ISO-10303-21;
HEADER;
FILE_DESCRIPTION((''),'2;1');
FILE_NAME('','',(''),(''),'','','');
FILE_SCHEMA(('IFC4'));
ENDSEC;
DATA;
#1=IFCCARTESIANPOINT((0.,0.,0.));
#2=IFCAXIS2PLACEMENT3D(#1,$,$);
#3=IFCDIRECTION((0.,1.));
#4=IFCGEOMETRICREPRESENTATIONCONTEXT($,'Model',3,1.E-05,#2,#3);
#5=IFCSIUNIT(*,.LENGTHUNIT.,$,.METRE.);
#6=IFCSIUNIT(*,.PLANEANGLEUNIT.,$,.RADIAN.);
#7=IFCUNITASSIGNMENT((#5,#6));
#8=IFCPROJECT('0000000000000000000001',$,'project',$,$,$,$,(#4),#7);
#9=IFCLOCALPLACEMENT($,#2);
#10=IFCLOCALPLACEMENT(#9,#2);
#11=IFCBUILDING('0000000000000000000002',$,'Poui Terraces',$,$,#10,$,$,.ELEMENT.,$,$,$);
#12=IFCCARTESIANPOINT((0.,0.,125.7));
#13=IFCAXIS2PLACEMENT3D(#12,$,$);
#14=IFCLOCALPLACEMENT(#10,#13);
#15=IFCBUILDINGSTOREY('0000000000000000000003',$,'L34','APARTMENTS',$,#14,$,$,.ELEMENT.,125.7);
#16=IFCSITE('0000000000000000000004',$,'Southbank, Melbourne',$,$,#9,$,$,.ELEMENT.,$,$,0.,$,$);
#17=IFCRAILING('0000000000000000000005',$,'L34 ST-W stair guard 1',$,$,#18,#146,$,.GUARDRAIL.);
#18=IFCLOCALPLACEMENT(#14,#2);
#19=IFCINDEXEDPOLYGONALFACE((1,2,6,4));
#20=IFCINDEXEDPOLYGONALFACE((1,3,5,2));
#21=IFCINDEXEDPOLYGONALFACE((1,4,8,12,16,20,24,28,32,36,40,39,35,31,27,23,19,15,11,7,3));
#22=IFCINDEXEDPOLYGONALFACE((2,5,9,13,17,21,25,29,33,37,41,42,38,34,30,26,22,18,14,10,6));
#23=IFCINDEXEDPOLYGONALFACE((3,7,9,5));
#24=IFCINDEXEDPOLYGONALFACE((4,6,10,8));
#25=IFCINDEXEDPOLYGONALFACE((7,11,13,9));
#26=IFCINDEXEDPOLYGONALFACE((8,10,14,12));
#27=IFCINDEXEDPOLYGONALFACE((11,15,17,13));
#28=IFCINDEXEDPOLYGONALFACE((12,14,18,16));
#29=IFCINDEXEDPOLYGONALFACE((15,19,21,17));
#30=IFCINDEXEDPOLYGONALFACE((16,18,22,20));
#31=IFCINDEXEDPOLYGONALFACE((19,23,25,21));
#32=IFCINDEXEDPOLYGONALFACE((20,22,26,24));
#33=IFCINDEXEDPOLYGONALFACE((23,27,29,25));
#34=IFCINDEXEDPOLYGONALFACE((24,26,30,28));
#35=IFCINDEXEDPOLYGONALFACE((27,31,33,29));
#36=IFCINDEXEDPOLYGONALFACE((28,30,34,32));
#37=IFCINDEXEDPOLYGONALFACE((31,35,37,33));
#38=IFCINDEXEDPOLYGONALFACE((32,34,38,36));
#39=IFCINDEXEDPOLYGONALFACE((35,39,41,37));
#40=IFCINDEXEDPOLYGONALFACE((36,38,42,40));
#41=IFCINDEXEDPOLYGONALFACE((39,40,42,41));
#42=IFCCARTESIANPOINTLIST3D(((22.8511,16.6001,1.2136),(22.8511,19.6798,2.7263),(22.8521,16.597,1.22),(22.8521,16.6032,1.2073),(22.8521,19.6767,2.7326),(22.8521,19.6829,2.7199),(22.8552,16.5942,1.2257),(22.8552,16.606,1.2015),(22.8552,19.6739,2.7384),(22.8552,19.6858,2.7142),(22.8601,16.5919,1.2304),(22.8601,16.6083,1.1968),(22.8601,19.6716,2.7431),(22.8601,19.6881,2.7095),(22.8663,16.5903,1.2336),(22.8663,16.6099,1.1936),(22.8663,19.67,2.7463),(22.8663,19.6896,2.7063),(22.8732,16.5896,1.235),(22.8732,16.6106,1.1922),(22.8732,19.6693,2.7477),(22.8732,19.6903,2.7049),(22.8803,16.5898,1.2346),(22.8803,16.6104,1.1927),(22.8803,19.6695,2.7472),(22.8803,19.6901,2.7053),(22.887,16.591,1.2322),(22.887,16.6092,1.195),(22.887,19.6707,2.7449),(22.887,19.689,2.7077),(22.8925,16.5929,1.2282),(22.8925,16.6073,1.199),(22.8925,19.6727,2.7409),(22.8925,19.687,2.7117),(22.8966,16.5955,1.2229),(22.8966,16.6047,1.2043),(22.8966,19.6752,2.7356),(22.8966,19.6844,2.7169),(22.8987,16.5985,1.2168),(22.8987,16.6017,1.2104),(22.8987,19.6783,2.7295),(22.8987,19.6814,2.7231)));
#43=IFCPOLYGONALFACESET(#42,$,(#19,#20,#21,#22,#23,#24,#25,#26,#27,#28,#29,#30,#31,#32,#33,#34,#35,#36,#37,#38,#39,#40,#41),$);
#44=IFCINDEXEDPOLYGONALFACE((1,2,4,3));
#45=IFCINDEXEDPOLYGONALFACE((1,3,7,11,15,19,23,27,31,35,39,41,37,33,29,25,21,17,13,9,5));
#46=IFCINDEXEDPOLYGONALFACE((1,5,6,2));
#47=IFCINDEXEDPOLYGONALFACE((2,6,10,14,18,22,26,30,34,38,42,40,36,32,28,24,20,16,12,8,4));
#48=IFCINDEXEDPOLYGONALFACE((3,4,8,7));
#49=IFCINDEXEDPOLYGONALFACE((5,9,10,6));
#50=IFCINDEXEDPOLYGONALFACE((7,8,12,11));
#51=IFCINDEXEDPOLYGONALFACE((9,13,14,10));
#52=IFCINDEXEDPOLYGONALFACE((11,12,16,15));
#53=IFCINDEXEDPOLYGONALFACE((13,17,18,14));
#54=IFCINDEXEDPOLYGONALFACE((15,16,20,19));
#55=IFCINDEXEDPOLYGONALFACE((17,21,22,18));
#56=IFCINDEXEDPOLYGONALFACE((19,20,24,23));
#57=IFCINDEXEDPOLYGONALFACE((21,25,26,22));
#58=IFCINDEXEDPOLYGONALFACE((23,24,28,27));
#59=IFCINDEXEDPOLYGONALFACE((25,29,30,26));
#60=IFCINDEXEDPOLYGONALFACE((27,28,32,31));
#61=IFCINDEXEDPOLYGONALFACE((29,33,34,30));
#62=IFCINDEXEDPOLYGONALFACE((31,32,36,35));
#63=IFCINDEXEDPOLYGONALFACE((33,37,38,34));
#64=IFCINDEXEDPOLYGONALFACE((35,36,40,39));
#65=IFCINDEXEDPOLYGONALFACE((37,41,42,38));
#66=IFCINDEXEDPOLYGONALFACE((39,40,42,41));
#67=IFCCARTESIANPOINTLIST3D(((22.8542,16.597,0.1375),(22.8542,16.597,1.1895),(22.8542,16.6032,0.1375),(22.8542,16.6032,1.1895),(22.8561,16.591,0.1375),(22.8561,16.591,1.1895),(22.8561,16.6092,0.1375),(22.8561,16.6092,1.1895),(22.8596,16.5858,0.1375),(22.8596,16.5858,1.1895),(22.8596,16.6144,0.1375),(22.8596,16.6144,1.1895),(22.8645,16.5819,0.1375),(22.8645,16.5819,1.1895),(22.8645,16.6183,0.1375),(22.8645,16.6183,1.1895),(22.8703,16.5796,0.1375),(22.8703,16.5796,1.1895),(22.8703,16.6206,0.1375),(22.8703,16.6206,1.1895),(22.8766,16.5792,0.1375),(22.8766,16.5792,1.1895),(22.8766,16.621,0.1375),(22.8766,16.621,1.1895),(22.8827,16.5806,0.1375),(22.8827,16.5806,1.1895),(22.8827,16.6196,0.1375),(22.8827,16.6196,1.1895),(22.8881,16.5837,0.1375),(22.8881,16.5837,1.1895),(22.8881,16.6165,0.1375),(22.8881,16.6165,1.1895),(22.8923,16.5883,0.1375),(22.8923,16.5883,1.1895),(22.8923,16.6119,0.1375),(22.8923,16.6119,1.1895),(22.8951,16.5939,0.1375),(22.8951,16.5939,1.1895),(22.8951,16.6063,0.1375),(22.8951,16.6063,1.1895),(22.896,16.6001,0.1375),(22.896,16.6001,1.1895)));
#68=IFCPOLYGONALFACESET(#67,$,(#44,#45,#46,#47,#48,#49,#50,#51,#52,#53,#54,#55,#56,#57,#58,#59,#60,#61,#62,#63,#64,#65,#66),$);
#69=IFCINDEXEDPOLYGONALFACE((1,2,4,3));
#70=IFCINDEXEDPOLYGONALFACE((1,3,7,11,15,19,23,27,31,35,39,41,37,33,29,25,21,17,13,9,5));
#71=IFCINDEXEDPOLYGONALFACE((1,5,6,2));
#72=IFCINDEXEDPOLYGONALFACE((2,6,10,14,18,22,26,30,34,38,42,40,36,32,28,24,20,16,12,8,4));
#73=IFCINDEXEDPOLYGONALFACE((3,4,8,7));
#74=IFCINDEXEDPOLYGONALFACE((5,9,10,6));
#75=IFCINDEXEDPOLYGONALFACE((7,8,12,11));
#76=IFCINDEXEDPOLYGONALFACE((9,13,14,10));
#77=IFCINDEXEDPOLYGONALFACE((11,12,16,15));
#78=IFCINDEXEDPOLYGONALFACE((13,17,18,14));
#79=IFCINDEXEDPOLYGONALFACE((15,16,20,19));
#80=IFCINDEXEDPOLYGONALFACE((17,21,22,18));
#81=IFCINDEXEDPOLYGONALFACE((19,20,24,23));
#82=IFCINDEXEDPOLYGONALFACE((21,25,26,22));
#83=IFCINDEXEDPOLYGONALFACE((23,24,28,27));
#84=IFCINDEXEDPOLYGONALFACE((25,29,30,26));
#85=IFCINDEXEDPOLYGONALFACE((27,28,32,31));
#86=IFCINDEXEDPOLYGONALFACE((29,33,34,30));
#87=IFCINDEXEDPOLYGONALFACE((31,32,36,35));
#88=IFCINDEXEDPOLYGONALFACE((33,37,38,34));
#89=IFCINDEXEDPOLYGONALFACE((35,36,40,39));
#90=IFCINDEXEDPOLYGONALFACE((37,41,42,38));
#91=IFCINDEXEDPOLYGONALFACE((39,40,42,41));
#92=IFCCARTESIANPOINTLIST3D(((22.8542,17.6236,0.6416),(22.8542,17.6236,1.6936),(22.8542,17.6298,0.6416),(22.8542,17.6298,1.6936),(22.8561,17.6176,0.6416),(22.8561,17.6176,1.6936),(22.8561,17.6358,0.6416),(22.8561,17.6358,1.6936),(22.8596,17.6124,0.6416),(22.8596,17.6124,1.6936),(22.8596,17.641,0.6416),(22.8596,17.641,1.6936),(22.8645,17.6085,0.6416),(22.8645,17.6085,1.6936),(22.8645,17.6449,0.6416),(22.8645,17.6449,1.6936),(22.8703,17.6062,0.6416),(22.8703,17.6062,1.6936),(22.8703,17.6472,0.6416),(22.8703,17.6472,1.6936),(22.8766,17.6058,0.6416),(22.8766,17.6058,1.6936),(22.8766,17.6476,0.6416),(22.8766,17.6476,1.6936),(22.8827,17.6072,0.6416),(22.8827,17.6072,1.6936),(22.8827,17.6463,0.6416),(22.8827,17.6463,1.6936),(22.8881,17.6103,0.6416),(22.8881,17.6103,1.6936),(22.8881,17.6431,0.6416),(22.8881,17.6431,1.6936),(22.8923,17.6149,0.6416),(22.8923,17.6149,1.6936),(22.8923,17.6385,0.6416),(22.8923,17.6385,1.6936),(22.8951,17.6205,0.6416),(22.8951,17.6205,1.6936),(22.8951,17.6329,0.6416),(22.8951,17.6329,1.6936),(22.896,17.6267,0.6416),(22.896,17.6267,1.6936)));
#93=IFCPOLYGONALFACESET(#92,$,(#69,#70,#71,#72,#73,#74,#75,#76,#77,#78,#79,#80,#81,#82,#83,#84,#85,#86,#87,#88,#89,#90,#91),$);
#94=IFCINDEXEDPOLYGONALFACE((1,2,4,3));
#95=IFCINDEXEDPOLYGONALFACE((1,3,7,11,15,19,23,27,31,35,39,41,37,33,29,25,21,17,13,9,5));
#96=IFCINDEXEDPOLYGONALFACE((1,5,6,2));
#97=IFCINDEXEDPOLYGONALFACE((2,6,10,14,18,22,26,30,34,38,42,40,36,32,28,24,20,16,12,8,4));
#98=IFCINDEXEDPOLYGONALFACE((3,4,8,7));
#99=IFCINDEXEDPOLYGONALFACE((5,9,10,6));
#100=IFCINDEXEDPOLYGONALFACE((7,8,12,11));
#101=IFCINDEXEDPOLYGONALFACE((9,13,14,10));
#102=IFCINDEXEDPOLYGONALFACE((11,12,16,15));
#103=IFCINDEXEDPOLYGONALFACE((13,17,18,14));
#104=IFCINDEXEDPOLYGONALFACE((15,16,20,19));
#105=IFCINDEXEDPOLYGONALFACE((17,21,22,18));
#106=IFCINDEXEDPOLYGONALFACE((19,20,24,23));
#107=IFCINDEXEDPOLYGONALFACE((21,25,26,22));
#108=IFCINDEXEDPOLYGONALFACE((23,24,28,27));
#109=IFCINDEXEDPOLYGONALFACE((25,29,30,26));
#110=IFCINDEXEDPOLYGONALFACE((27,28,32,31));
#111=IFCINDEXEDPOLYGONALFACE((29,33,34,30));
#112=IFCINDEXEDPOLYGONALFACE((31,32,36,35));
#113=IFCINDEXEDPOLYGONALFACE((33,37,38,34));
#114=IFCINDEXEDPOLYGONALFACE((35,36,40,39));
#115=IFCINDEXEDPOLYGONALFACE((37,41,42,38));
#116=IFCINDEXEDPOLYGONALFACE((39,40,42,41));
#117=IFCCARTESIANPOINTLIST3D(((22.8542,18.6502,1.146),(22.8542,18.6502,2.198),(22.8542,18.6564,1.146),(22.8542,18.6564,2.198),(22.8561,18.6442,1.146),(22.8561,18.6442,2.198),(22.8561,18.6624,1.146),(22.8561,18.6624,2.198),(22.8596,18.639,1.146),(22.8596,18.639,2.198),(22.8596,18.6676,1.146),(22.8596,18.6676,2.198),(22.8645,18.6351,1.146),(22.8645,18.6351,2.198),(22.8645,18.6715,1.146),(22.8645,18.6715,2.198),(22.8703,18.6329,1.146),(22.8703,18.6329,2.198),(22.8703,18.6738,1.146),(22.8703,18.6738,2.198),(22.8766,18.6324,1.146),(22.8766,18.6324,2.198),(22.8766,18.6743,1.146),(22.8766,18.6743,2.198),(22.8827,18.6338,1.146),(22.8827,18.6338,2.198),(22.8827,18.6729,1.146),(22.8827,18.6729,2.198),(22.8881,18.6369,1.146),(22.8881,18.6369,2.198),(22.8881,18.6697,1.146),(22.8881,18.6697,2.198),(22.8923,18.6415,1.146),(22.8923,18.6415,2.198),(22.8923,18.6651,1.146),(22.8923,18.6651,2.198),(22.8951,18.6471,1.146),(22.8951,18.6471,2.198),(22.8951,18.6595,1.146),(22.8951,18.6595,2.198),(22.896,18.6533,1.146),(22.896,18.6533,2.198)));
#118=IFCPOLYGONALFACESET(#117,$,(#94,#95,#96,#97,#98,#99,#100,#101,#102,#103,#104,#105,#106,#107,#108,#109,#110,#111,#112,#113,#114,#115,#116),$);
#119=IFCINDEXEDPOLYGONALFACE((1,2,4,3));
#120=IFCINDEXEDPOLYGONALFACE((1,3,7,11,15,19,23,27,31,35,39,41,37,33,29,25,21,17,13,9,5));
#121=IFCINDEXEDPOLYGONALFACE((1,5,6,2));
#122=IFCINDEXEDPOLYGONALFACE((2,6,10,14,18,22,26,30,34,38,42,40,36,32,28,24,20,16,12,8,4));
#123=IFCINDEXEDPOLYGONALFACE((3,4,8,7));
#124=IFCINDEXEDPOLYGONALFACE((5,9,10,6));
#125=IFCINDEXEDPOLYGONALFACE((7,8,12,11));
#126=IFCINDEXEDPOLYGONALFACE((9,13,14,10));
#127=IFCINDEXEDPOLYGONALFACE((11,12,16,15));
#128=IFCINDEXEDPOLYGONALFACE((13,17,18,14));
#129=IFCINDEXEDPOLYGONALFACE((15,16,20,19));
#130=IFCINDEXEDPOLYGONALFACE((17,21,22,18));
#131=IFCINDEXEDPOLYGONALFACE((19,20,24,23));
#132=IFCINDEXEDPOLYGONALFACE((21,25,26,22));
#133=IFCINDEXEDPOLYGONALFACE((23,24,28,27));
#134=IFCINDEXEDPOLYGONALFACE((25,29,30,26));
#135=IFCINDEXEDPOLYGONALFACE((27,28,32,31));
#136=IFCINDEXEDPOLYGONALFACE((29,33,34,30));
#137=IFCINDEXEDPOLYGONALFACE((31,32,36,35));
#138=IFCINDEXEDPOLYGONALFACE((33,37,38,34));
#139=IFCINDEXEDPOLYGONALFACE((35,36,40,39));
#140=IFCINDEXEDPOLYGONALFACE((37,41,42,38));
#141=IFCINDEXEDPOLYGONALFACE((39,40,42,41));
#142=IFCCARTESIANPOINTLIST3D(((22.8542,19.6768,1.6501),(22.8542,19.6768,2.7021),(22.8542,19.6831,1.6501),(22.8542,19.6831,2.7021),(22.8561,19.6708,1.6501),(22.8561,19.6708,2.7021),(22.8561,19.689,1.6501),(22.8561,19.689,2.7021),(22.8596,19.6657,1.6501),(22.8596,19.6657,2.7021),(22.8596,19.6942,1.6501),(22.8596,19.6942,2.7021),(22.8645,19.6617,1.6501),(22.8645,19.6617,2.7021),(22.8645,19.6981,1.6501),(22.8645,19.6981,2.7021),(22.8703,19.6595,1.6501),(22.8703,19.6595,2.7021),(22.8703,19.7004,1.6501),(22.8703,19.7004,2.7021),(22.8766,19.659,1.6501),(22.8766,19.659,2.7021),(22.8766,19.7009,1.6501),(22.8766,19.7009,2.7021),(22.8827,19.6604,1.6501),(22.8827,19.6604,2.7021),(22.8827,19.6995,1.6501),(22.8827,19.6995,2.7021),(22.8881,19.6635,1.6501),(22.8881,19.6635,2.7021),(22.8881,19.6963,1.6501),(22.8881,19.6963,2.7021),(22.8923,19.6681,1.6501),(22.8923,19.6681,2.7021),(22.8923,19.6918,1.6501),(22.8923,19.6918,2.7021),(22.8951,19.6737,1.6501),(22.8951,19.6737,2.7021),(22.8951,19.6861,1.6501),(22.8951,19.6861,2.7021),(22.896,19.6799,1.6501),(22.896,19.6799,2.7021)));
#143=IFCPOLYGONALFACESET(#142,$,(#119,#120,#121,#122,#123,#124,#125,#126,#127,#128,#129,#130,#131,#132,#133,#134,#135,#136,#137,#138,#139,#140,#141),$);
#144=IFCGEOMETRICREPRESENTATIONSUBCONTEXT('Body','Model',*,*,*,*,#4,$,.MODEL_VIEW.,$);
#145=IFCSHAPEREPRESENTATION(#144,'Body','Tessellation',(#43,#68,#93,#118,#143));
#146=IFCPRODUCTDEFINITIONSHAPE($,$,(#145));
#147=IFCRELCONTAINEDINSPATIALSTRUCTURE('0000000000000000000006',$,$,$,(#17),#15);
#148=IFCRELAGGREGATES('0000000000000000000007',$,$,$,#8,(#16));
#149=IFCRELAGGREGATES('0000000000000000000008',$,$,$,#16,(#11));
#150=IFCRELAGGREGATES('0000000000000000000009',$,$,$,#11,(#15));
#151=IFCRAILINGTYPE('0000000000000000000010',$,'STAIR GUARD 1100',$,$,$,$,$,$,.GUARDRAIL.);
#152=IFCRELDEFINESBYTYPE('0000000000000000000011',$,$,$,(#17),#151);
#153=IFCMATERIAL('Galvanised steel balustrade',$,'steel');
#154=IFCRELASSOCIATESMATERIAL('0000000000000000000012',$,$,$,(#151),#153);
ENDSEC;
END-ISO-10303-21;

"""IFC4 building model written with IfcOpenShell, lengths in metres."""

from ifc_helpers import new_model, si_unit, direction, frame, origin, origin_2d, place, context, subcontext, project, spatial, circle, extrude, material, type_object, element, save


model = new_model("IFC4")

# Units and contexts
model_context = context("Model", 3, precision=1e-05, world=origin(), true_north=direction((0.0, 1.0)))
body_context = subcontext(model_context, "Body", "Model", "MODEL_VIEW")
ifc_project = project(units=[si_unit("LENGTHUNIT", "METRE"), si_unit("PLANEANGLEUNIT", "RADIAN")], contexts=[model_context])

# Site, building, storey
site_placement = place(None, origin())
site = spatial("IfcSite", under=ifc_project, at=site_placement, Name="Southbank, Melbourne", CompositionType="ELEMENT", RefElevation=0.0)
building_placement = place(site_placement, origin())
building = spatial("IfcBuilding", under=site, at=building_placement, Name="Poui Terraces", CompositionType="ELEMENT")
storey_placement = place(building_placement, frame((0.0, 0.0, 125.7)))
storey = spatial("IfcBuildingStorey", under=building, at=storey_placement, Name="L34", Description="APARTMENTS", CompositionType="ELEMENT", Elevation=125.7)

# Railing
ifc_material_1 = material(Name="Galvanised steel balustrade", Category="steel")
railing_type_1 = type_object("IfcRailingType", Name="STAIR GUARD 1100", PredefinedType="GUARDRAIL", material=ifc_material_1)
railing_1_placement = place(storey_placement, frame((22.875, 16.6001, 0.1375)))
element("IfcRailing", 1, at=railing_1_placement, inside=storey, type_object=railing_type_1, Name="L34 ST-W stair guard 1", PredefinedType="GUARDRAIL", context=body_context, shape_type="SweptSolid", body=[
    extrude(circle(Radius=0.0239, at=origin_2d()), frame((0.0, 0.0, 1.0762), z_axis=(0.0, 0.897578, 0.440856), x_axis=(-1.0, 0.0, 0.0)), (0.0, 0.0, 1.0), 3.4312),
    extrude(circle(Radius=0.021, at=origin_2d()), origin(), (0.0, 0.0, 1.0), 1.052),
    extrude(circle(Radius=0.021, at=origin_2d()), frame((0.0, 1.0266, 0.5042)), (0.0, 0.0, 1.0), 1.052),
    extrude(circle(Radius=0.021, at=origin_2d()), frame((0.0, 2.0532, 1.0085)), (0.0, 0.0, 1.0), 1.052),
    extrude(circle(Radius=0.021, at=origin_2d()), frame((0.0, 3.0798, 1.5127)), (0.0, 0.0, 1.0), 1.052),
])

save(model, "model.ifc")
